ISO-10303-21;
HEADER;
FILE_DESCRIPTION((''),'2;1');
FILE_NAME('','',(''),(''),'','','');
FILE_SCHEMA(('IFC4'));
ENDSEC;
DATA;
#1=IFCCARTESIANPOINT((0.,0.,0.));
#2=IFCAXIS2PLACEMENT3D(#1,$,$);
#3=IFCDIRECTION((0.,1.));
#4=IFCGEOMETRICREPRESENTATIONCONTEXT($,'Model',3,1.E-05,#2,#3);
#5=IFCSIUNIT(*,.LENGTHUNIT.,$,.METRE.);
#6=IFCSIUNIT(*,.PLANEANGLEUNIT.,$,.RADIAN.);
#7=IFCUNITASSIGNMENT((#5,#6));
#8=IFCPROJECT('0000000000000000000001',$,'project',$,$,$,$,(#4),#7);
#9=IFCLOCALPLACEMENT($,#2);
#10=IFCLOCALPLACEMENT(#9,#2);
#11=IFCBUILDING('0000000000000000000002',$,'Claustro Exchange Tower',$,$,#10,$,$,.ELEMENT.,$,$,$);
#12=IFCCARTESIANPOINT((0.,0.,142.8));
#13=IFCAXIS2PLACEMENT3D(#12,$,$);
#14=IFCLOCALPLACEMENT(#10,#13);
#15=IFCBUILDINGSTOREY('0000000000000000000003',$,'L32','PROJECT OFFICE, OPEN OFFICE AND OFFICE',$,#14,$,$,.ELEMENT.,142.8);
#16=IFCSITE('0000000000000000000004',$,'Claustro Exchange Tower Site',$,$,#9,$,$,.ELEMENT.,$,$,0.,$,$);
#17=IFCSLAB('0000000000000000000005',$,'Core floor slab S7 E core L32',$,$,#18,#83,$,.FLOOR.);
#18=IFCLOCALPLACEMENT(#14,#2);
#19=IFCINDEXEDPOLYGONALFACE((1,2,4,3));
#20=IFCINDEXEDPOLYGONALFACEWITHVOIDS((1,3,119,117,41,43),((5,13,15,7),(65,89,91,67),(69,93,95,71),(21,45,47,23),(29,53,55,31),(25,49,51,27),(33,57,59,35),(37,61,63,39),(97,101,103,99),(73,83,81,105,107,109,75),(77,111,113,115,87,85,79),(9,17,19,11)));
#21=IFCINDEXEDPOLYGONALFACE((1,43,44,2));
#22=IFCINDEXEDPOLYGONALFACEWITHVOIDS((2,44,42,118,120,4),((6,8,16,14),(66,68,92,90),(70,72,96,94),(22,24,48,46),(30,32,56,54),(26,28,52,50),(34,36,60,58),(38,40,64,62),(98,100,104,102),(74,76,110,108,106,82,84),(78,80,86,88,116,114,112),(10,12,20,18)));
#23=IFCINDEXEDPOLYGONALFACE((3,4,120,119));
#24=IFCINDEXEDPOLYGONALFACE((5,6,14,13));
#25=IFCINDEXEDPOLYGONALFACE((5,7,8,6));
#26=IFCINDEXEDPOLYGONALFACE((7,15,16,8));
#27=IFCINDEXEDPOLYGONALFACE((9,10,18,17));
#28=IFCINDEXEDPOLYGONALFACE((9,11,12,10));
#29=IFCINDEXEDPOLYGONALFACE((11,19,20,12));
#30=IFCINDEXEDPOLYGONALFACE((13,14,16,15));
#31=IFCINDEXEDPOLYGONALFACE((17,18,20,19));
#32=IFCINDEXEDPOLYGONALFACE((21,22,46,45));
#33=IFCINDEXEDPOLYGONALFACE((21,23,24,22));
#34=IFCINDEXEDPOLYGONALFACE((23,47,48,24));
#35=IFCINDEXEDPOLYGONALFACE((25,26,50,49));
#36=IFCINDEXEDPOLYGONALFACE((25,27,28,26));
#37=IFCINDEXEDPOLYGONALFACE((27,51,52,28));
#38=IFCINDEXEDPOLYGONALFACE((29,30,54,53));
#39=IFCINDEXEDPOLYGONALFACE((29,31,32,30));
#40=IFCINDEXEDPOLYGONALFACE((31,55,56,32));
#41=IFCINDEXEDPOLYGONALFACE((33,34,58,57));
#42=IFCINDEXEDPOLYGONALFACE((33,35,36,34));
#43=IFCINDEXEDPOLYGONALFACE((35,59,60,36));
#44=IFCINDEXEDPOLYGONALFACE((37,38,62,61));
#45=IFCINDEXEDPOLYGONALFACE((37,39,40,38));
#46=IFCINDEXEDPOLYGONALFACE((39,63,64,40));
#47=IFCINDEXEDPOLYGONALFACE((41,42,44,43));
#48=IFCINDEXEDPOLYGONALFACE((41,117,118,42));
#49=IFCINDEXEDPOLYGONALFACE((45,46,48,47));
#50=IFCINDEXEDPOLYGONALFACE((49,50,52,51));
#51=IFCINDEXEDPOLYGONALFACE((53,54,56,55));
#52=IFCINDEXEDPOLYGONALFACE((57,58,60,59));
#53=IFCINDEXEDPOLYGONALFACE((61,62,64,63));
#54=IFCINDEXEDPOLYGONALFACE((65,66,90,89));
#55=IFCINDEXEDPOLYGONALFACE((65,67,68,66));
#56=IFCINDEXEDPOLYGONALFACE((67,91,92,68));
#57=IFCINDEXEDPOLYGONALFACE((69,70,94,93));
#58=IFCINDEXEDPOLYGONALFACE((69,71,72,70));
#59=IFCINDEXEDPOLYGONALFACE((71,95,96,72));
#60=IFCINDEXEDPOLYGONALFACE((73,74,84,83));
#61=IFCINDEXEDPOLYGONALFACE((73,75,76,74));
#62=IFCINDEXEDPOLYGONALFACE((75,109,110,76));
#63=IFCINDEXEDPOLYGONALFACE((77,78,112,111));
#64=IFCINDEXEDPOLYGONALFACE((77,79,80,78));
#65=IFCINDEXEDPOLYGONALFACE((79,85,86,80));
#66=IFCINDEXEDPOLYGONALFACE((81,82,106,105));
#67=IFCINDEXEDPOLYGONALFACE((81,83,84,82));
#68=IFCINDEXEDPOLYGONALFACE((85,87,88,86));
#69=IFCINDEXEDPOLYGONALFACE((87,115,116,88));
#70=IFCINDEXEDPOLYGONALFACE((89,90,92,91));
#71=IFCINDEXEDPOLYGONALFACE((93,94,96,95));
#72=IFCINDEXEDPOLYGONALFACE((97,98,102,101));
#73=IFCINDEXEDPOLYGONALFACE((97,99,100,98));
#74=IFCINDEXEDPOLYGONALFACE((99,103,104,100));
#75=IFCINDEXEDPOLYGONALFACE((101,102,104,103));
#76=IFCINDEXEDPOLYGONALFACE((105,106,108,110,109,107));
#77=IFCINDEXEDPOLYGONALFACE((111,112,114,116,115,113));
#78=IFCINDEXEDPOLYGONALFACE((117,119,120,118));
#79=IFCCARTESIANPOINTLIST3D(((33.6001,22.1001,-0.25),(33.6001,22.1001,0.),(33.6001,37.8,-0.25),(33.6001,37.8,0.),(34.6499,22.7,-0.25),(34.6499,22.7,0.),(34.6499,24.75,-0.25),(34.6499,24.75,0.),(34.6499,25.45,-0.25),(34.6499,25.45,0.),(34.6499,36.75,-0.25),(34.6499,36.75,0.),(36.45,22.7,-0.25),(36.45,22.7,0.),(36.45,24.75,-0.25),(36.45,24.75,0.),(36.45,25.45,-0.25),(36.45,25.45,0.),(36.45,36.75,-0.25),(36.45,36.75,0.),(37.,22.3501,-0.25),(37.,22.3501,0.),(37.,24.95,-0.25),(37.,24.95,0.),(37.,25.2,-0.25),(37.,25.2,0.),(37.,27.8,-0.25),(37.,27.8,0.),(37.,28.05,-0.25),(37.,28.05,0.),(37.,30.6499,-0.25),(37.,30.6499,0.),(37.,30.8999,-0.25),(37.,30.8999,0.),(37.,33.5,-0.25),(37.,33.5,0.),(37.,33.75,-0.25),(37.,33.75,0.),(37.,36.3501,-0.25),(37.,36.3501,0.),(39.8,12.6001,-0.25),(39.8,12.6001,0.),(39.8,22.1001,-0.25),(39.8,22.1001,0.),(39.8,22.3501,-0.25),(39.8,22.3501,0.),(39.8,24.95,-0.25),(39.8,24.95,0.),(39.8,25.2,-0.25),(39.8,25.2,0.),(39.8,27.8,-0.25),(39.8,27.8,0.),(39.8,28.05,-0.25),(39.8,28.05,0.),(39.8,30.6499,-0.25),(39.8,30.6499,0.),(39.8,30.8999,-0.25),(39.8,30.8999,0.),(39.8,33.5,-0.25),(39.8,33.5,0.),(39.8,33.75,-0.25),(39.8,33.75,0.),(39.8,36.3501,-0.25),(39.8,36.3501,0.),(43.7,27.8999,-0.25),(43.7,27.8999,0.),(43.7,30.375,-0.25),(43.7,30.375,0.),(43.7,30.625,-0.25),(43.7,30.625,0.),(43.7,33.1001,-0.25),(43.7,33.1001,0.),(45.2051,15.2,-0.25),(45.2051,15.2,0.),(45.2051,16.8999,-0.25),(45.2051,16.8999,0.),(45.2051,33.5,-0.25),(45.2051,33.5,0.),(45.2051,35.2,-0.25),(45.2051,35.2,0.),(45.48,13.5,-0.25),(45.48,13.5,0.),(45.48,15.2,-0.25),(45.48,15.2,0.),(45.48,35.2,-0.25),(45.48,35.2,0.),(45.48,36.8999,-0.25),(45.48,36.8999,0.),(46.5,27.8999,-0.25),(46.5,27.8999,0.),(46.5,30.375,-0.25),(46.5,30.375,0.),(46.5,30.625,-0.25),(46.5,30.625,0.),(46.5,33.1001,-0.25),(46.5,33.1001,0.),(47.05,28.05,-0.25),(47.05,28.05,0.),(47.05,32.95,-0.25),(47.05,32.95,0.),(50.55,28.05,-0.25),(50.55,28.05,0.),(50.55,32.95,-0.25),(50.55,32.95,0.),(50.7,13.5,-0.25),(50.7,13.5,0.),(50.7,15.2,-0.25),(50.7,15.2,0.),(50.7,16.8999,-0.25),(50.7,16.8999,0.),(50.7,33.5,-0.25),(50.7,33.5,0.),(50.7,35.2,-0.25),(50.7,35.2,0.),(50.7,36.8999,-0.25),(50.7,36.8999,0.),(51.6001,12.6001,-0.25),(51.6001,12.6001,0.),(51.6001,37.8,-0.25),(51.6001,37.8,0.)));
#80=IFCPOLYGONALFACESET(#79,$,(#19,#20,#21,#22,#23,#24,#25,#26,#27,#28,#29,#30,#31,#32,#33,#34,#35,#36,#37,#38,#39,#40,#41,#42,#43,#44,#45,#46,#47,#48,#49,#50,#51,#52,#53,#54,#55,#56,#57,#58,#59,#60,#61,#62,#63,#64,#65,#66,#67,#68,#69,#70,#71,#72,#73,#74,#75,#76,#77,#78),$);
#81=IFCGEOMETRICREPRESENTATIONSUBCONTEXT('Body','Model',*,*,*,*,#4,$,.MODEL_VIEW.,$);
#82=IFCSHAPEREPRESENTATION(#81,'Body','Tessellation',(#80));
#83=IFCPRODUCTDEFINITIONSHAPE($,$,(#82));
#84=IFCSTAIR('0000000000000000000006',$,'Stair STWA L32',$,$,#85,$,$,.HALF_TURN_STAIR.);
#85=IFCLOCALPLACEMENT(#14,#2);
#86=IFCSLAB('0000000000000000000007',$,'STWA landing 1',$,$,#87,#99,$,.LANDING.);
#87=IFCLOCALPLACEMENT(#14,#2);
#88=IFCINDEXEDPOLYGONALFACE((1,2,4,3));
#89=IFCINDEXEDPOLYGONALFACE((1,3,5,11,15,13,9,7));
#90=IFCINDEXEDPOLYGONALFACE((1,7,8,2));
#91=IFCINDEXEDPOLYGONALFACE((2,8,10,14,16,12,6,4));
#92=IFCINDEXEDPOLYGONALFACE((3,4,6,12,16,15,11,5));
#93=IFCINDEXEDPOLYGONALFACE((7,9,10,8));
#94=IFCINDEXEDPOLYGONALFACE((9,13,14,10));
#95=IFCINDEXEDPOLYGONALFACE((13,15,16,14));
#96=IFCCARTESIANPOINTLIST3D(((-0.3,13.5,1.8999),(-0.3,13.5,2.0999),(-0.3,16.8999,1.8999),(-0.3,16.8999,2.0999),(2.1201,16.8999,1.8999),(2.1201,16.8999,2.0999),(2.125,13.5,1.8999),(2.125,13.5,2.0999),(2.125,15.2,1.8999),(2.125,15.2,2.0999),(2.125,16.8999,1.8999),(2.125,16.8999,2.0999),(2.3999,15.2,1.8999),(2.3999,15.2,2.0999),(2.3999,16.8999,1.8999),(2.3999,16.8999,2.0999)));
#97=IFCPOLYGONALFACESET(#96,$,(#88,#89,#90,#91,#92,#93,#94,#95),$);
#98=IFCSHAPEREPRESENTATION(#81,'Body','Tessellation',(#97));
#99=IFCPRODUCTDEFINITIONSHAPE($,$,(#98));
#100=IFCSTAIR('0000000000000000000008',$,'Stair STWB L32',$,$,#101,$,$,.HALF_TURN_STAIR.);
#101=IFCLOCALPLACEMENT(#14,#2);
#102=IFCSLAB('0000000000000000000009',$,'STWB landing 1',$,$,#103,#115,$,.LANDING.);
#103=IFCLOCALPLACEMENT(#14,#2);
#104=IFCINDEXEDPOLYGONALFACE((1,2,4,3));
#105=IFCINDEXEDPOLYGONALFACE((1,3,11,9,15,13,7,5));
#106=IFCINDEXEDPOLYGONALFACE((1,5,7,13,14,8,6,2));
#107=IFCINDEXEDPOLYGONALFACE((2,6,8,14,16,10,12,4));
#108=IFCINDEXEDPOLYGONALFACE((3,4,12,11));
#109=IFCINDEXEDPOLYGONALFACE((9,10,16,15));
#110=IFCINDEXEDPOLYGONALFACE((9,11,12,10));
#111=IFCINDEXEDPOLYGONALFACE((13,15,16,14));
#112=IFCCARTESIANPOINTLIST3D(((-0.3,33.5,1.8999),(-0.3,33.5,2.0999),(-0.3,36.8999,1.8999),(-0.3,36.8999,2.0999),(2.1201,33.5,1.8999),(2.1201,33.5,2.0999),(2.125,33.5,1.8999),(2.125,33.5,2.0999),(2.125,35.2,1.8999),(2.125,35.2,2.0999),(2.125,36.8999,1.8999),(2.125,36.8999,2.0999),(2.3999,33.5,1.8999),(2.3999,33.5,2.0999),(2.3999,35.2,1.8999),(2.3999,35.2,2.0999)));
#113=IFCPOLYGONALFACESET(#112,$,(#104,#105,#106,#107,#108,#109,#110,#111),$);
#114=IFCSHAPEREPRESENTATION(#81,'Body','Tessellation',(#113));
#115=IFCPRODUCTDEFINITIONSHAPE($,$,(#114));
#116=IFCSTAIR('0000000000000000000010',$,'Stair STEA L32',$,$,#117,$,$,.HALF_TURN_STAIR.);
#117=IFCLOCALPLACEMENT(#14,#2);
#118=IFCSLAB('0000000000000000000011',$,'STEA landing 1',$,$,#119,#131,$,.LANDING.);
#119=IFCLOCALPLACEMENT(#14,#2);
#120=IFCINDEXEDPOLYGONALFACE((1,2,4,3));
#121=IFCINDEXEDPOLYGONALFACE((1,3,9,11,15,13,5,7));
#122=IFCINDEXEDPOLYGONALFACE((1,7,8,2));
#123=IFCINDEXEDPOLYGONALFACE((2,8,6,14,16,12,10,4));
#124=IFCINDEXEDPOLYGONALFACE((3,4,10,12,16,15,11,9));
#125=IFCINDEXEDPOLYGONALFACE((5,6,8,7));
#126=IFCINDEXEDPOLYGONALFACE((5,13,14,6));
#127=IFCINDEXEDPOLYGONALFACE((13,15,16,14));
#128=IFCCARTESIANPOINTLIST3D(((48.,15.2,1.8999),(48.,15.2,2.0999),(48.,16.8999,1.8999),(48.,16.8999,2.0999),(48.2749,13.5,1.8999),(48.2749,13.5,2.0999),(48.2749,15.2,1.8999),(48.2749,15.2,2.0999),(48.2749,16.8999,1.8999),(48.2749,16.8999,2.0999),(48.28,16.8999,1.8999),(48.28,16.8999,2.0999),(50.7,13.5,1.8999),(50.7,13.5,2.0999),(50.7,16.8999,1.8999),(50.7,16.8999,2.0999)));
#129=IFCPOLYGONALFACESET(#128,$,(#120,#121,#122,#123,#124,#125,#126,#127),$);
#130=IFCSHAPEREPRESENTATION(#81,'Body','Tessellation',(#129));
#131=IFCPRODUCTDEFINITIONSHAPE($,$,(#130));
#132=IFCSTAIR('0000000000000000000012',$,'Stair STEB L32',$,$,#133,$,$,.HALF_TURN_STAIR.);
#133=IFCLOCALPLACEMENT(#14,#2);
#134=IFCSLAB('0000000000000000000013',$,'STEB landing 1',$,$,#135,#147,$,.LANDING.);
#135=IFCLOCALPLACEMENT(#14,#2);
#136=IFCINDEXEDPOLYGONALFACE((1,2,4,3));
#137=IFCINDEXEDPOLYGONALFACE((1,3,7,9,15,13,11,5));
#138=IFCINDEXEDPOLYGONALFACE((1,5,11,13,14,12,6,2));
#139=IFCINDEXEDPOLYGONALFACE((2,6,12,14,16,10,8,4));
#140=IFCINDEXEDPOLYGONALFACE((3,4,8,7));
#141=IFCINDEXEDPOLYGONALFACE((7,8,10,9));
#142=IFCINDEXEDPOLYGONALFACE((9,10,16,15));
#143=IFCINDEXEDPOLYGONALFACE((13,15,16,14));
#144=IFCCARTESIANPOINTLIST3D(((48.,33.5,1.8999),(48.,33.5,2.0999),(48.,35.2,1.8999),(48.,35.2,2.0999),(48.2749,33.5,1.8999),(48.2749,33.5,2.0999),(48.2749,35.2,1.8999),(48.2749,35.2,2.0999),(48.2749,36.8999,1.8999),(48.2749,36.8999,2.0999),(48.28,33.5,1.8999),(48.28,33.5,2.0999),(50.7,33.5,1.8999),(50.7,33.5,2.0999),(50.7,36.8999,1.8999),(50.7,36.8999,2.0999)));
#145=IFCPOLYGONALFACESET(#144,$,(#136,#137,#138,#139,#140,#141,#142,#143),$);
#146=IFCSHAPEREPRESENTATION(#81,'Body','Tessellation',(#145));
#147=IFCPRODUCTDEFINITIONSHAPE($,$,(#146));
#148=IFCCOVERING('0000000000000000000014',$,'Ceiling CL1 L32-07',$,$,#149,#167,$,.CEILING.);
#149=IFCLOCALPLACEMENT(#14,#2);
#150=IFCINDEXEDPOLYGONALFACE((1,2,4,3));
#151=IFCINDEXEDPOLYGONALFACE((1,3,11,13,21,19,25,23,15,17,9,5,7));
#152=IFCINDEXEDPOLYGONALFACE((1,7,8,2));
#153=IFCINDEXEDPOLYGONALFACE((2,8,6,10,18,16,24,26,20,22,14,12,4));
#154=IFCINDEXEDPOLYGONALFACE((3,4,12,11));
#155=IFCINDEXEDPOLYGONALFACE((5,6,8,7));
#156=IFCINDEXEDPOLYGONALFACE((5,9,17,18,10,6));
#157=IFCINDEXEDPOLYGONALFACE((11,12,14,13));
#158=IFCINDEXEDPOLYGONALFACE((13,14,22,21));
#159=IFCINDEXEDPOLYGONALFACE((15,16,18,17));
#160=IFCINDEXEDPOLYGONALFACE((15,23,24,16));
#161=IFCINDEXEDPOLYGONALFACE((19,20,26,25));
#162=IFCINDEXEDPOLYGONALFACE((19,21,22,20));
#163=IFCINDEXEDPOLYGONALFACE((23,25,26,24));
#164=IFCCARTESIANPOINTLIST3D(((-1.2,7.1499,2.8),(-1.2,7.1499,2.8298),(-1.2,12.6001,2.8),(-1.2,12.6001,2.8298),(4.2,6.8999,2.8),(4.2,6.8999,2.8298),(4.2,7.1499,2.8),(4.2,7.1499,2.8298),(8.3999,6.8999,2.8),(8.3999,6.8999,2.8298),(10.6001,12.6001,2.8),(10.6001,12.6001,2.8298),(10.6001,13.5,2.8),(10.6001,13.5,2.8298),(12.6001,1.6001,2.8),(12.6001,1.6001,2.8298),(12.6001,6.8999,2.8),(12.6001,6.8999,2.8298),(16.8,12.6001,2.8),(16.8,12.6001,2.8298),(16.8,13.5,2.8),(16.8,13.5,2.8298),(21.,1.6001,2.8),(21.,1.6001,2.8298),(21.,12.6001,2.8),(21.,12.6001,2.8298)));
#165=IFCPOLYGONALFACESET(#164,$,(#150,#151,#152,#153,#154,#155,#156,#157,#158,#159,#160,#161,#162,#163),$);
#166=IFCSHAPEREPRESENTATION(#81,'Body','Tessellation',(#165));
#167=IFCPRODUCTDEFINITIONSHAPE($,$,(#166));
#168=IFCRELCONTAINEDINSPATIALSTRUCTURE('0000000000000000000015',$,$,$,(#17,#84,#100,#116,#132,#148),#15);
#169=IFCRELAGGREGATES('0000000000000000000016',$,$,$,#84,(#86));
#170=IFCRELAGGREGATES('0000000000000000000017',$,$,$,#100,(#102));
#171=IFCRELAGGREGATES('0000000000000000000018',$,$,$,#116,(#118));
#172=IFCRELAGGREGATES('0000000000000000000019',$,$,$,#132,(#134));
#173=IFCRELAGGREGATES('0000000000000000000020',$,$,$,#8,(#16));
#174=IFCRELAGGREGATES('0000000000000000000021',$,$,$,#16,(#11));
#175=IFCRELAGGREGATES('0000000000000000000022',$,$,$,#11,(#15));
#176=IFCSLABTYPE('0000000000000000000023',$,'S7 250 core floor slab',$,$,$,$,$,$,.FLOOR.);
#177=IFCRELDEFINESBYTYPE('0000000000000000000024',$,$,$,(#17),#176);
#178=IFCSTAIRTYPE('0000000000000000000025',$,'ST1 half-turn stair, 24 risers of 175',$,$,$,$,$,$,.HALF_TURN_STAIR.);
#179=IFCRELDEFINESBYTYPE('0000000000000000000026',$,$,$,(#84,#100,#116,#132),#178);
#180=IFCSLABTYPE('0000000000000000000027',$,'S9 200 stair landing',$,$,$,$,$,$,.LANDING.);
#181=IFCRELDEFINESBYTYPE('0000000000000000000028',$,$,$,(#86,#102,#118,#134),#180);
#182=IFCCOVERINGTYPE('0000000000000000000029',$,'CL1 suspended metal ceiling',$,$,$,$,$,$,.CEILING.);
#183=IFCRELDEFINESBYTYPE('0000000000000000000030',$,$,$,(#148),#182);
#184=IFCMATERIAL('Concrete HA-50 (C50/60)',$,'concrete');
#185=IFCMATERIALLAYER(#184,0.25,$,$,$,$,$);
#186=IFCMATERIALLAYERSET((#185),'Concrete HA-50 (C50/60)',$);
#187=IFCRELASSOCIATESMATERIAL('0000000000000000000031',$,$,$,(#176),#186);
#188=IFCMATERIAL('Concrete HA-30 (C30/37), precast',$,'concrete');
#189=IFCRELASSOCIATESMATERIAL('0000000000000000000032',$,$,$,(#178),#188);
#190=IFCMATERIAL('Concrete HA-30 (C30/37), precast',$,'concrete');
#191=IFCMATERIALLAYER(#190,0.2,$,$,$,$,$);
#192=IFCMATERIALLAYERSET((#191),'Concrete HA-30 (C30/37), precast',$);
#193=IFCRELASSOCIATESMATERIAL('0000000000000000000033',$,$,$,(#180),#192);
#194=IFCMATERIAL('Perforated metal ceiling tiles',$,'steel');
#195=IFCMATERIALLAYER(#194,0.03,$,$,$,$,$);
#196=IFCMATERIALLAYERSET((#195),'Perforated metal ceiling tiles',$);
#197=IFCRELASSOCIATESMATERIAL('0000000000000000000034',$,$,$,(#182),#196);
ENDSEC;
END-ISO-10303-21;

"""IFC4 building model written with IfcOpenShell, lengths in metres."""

from ifc_helpers import new_model, si_unit, direction, frame, origin, place, context, subcontext, project, spatial, polyline, outline, extrude, material, layer, layer_set, type_object, element, aggregate, save


model = new_model("IFC4")

# Units and contexts
model_context = context("Model", 3, precision=1e-05, world=origin(), true_north=direction((0.0, 1.0)))
body_context = subcontext(model_context, "Body", "Model", "MODEL_VIEW")
ifc_project = project(units=[si_unit("LENGTHUNIT", "METRE"), si_unit("PLANEANGLEUNIT", "RADIAN")], contexts=[model_context])

# Site, building, storey
site_placement = place(None, origin())
site = spatial("IfcSite", under=ifc_project, at=site_placement, Name="Claustro Exchange Tower Site", CompositionType="ELEMENT", RefElevation=0.0)
building_placement = place(site_placement, origin())
building = spatial("IfcBuilding", under=site, at=building_placement, Name="Claustro Exchange Tower", CompositionType="ELEMENT")
storey_placement = place(building_placement, frame((0.0, 0.0, 142.8)))
storey = spatial("IfcBuildingStorey", under=building, at=storey_placement, Name="L32", Description="PROJECT OFFICE, OPEN OFFICE AND OFFICE", CompositionType="ELEMENT", Elevation=142.8)

# Slab
ifc_material_1 = material(Name="Concrete HA-50 (C50/60)", Category="concrete")
ifc_layer_1 = layer(ifc_material_1, 0.25)
ifc_layer_set_1 = layer_set([ifc_layer_1], Name="Concrete HA-50 (C50/60)")
slab_type_1 = type_object("IfcSlabType", Name="S7 250 core floor slab", PredefinedType="FLOOR", material=ifc_layer_set_1)
slab_1_placement = place(storey_placement, frame((0.0, 0.0, -0.25)))
element("IfcSlab", 1, at=slab_1_placement, inside=storey, type_object=slab_type_1, Name="Core floor slab S7 E core L32", PredefinedType="FLOOR", context=body_context, shape_type="SweptSolid", body=[
    extrude(outline(polyline([(51.6001, 37.8), (33.6001, 37.8), (33.6001, 22.1001), (39.8, 22.1001), (39.8, 12.6001), (51.6001, 12.6001), (51.6001, 37.8)]), holes=[polyline([(45.48, 15.2), (45.2051, 15.2), (45.2051, 16.8999), (50.7, 16.8999), (50.7, 15.2), (50.7, 13.5), (45.48, 13.5), (45.48, 15.2)]), polyline([(45.48, 35.2), (45.48, 36.8999), (50.7, 36.8999), (50.7, 35.2), (50.7, 33.5), (45.2051, 33.5), (45.2051, 35.2), (45.48, 35.2)]), polyline([(50.55, 32.95), (50.55, 28.05), (47.05, 28.05), (47.05, 32.95), (50.55, 32.95)]), polyline([(43.7, 33.1001), (46.5, 33.1001), (46.5, 30.625), (43.7, 30.625), (43.7, 33.1001)]), polyline([(46.5, 30.375), (46.5, 27.8999), (43.7, 27.8999), (43.7, 30.375), (46.5, 30.375)]), polyline([(37.0, 24.95), (39.8, 24.95), (39.8, 22.3501), (37.0, 22.3501), (37.0, 24.95)]), polyline([(37.0, 30.6499), (39.8, 30.6499), (39.8, 28.05), (37.0, 28.05), (37.0, 30.6499)]), polyline([(39.8, 27.8), (39.8, 25.2), (37.0, 25.2), (37.0, 27.8), (39.8, 27.8)]), polyline([(39.8, 33.5), (39.8, 30.8999), (37.0, 30.8999), (37.0, 33.5), (39.8, 33.5)]), polyline([(39.8, 36.3501), (39.8, 33.75), (37.0, 33.75), (37.0, 36.3501), (39.8, 36.3501)]), polyline([(36.45, 24.75), (36.45, 22.7), (34.6499, 22.7), (34.6499, 24.75), (36.45, 24.75)]), polyline([(36.45, 36.75), (36.45, 25.45), (34.6499, 25.45), (34.6499, 36.75), (36.45, 36.75)])]), origin(), (0.0, 0.0, 1.0), 0.25),
])

# Stairs, slabs
ifc_material_2 = material(Name="Concrete HA-30 (C30/37), precast", Category="concrete")
stair_type = type_object("IfcStairType", Name="ST1 half-turn stair, 24 risers of 175", PredefinedType="HALF_TURN_STAIR", material=ifc_material_2)
stair_1_placement = place(storey_placement, origin())
stair_1 = element("IfcStair", 2, at=stair_1_placement, inside=storey, type_object=stair_type, Name="Stair STWA L32", PredefinedType="HALF_TURN_STAIR")
ifc_material_3 = material(Name="Concrete HA-30 (C30/37), precast", Category="concrete")
ifc_layer_2 = layer(ifc_material_3, 0.2)
ifc_layer_set_2 = layer_set([ifc_layer_2], Name="Concrete HA-30 (C30/37), precast")
slab_type_2 = type_object("IfcSlabType", Name="S9 200 stair landing", PredefinedType="LANDING", material=ifc_layer_set_2)
slab_2_placement = place(storey_placement, frame((0.0, 0.0, 1.8999)))
slab_2 = element("IfcSlab", 3, at=slab_2_placement, type_object=slab_type_2, Name="STWA landing 1", PredefinedType="LANDING", context=body_context, shape_type="SweptSolid", body=[
    extrude(outline(polyline([(2.125, 13.5), (-0.3, 13.5), (-0.3, 16.8999), (2.1201, 16.8999), (2.125, 16.8999), (2.3999, 16.8999), (2.3999, 15.2), (2.125, 15.2), (2.125, 13.5)])), origin(), (0.0, 0.0, 1.0), 0.2),
])
aggregate(stair_1, [slab_2])
stair_2_placement = place(storey_placement, origin())
stair_2 = element("IfcStair", 4, at=stair_2_placement, inside=storey, type_object=stair_type, Name="Stair STWB L32", PredefinedType="HALF_TURN_STAIR")
slab_3_placement = place(storey_placement, frame((0.0, 0.0, 1.8999)))
slab_3 = element("IfcSlab", 5, at=slab_3_placement, type_object=slab_type_2, Name="STWB landing 1", PredefinedType="LANDING", context=body_context, shape_type="SweptSolid", body=[
    extrude(outline(polyline([(2.3999, 35.2), (2.3999, 33.5), (2.125, 33.5), (2.1201, 33.5), (-0.3, 33.5), (-0.3, 36.8999), (2.125, 36.8999), (2.125, 35.2), (2.3999, 35.2)])), origin(), (0.0, 0.0, 1.0), 0.2),
])
aggregate(stair_2, [slab_3])
stair_3_placement = place(storey_placement, origin())
stair_3 = element("IfcStair", 6, at=stair_3_placement, inside=storey, type_object=stair_type, Name="Stair STEA L32", PredefinedType="HALF_TURN_STAIR")
slab_4_placement = place(storey_placement, frame((0.0, 0.0, 1.8999)))
slab_4 = element("IfcSlab", 7, at=slab_4_placement, type_object=slab_type_2, Name="STEA landing 1", PredefinedType="LANDING", context=body_context, shape_type="SweptSolid", body=[
    extrude(outline(polyline([(50.7, 16.8999), (50.7, 13.5), (48.2749, 13.5), (48.2749, 15.2), (48.0, 15.2), (48.0, 16.8999), (48.2749, 16.8999), (48.28, 16.8999), (50.7, 16.8999)])), origin(), (0.0, 0.0, 1.0), 0.2),
])
aggregate(stair_3, [slab_4])
stair_4_placement = place(storey_placement, origin())
stair_4 = element("IfcStair", 8, at=stair_4_placement, inside=storey, type_object=stair_type, Name="Stair STEB L32", PredefinedType="HALF_TURN_STAIR")
slab_5_placement = place(storey_placement, frame((0.0, 0.0, 1.8999)))
slab_5 = element("IfcSlab", 9, at=slab_5_placement, type_object=slab_type_2, Name="STEB landing 1", PredefinedType="LANDING", context=body_context, shape_type="SweptSolid", body=[
    extrude(outline(polyline([(48.0, 33.5), (48.0, 35.2), (48.2749, 35.2), (48.2749, 36.8999), (50.7, 36.8999), (50.7, 33.5), (48.28, 33.5), (48.2749, 33.5), (48.0, 33.5)])), origin(), (0.0, 0.0, 1.0), 0.2),
])
aggregate(stair_4, [slab_5])

# Covering
ifc_material_4 = material(Name="Perforated metal ceiling tiles", Category="steel")
ifc_layer_3 = layer(ifc_material_4, 0.03)
ifc_layer_set_3 = layer_set([ifc_layer_3], Name="Perforated metal ceiling tiles")
covering_type_1 = type_object("IfcCoveringType", Name="CL1 suspended metal ceiling", PredefinedType="CEILING", material=ifc_layer_set_3)
covering_1_placement = place(storey_placement, frame((0.0, 0.0, 2.8)))
element("IfcCovering", 10, at=covering_1_placement, inside=storey, type_object=covering_type_1, Name="Ceiling CL1 L32-07", PredefinedType="CEILING", context=body_context, shape_type="SweptSolid", body=[
    extrude(outline(polyline([(10.6001, 13.5), (10.6001, 12.6001), (-1.2, 12.6001), (-1.2, 7.1499), (4.2, 7.1499), (4.2, 6.8999), (8.3999, 6.8999), (12.6001, 6.8999), (12.6001, 1.6001), (21.0, 1.6001), (21.0, 12.6001), (16.8, 12.6001), (16.8, 13.5), (10.6001, 13.5)])), origin(), (0.0, 0.0, 1.0), 0.0298),
])

save(model, "model.ifc")
